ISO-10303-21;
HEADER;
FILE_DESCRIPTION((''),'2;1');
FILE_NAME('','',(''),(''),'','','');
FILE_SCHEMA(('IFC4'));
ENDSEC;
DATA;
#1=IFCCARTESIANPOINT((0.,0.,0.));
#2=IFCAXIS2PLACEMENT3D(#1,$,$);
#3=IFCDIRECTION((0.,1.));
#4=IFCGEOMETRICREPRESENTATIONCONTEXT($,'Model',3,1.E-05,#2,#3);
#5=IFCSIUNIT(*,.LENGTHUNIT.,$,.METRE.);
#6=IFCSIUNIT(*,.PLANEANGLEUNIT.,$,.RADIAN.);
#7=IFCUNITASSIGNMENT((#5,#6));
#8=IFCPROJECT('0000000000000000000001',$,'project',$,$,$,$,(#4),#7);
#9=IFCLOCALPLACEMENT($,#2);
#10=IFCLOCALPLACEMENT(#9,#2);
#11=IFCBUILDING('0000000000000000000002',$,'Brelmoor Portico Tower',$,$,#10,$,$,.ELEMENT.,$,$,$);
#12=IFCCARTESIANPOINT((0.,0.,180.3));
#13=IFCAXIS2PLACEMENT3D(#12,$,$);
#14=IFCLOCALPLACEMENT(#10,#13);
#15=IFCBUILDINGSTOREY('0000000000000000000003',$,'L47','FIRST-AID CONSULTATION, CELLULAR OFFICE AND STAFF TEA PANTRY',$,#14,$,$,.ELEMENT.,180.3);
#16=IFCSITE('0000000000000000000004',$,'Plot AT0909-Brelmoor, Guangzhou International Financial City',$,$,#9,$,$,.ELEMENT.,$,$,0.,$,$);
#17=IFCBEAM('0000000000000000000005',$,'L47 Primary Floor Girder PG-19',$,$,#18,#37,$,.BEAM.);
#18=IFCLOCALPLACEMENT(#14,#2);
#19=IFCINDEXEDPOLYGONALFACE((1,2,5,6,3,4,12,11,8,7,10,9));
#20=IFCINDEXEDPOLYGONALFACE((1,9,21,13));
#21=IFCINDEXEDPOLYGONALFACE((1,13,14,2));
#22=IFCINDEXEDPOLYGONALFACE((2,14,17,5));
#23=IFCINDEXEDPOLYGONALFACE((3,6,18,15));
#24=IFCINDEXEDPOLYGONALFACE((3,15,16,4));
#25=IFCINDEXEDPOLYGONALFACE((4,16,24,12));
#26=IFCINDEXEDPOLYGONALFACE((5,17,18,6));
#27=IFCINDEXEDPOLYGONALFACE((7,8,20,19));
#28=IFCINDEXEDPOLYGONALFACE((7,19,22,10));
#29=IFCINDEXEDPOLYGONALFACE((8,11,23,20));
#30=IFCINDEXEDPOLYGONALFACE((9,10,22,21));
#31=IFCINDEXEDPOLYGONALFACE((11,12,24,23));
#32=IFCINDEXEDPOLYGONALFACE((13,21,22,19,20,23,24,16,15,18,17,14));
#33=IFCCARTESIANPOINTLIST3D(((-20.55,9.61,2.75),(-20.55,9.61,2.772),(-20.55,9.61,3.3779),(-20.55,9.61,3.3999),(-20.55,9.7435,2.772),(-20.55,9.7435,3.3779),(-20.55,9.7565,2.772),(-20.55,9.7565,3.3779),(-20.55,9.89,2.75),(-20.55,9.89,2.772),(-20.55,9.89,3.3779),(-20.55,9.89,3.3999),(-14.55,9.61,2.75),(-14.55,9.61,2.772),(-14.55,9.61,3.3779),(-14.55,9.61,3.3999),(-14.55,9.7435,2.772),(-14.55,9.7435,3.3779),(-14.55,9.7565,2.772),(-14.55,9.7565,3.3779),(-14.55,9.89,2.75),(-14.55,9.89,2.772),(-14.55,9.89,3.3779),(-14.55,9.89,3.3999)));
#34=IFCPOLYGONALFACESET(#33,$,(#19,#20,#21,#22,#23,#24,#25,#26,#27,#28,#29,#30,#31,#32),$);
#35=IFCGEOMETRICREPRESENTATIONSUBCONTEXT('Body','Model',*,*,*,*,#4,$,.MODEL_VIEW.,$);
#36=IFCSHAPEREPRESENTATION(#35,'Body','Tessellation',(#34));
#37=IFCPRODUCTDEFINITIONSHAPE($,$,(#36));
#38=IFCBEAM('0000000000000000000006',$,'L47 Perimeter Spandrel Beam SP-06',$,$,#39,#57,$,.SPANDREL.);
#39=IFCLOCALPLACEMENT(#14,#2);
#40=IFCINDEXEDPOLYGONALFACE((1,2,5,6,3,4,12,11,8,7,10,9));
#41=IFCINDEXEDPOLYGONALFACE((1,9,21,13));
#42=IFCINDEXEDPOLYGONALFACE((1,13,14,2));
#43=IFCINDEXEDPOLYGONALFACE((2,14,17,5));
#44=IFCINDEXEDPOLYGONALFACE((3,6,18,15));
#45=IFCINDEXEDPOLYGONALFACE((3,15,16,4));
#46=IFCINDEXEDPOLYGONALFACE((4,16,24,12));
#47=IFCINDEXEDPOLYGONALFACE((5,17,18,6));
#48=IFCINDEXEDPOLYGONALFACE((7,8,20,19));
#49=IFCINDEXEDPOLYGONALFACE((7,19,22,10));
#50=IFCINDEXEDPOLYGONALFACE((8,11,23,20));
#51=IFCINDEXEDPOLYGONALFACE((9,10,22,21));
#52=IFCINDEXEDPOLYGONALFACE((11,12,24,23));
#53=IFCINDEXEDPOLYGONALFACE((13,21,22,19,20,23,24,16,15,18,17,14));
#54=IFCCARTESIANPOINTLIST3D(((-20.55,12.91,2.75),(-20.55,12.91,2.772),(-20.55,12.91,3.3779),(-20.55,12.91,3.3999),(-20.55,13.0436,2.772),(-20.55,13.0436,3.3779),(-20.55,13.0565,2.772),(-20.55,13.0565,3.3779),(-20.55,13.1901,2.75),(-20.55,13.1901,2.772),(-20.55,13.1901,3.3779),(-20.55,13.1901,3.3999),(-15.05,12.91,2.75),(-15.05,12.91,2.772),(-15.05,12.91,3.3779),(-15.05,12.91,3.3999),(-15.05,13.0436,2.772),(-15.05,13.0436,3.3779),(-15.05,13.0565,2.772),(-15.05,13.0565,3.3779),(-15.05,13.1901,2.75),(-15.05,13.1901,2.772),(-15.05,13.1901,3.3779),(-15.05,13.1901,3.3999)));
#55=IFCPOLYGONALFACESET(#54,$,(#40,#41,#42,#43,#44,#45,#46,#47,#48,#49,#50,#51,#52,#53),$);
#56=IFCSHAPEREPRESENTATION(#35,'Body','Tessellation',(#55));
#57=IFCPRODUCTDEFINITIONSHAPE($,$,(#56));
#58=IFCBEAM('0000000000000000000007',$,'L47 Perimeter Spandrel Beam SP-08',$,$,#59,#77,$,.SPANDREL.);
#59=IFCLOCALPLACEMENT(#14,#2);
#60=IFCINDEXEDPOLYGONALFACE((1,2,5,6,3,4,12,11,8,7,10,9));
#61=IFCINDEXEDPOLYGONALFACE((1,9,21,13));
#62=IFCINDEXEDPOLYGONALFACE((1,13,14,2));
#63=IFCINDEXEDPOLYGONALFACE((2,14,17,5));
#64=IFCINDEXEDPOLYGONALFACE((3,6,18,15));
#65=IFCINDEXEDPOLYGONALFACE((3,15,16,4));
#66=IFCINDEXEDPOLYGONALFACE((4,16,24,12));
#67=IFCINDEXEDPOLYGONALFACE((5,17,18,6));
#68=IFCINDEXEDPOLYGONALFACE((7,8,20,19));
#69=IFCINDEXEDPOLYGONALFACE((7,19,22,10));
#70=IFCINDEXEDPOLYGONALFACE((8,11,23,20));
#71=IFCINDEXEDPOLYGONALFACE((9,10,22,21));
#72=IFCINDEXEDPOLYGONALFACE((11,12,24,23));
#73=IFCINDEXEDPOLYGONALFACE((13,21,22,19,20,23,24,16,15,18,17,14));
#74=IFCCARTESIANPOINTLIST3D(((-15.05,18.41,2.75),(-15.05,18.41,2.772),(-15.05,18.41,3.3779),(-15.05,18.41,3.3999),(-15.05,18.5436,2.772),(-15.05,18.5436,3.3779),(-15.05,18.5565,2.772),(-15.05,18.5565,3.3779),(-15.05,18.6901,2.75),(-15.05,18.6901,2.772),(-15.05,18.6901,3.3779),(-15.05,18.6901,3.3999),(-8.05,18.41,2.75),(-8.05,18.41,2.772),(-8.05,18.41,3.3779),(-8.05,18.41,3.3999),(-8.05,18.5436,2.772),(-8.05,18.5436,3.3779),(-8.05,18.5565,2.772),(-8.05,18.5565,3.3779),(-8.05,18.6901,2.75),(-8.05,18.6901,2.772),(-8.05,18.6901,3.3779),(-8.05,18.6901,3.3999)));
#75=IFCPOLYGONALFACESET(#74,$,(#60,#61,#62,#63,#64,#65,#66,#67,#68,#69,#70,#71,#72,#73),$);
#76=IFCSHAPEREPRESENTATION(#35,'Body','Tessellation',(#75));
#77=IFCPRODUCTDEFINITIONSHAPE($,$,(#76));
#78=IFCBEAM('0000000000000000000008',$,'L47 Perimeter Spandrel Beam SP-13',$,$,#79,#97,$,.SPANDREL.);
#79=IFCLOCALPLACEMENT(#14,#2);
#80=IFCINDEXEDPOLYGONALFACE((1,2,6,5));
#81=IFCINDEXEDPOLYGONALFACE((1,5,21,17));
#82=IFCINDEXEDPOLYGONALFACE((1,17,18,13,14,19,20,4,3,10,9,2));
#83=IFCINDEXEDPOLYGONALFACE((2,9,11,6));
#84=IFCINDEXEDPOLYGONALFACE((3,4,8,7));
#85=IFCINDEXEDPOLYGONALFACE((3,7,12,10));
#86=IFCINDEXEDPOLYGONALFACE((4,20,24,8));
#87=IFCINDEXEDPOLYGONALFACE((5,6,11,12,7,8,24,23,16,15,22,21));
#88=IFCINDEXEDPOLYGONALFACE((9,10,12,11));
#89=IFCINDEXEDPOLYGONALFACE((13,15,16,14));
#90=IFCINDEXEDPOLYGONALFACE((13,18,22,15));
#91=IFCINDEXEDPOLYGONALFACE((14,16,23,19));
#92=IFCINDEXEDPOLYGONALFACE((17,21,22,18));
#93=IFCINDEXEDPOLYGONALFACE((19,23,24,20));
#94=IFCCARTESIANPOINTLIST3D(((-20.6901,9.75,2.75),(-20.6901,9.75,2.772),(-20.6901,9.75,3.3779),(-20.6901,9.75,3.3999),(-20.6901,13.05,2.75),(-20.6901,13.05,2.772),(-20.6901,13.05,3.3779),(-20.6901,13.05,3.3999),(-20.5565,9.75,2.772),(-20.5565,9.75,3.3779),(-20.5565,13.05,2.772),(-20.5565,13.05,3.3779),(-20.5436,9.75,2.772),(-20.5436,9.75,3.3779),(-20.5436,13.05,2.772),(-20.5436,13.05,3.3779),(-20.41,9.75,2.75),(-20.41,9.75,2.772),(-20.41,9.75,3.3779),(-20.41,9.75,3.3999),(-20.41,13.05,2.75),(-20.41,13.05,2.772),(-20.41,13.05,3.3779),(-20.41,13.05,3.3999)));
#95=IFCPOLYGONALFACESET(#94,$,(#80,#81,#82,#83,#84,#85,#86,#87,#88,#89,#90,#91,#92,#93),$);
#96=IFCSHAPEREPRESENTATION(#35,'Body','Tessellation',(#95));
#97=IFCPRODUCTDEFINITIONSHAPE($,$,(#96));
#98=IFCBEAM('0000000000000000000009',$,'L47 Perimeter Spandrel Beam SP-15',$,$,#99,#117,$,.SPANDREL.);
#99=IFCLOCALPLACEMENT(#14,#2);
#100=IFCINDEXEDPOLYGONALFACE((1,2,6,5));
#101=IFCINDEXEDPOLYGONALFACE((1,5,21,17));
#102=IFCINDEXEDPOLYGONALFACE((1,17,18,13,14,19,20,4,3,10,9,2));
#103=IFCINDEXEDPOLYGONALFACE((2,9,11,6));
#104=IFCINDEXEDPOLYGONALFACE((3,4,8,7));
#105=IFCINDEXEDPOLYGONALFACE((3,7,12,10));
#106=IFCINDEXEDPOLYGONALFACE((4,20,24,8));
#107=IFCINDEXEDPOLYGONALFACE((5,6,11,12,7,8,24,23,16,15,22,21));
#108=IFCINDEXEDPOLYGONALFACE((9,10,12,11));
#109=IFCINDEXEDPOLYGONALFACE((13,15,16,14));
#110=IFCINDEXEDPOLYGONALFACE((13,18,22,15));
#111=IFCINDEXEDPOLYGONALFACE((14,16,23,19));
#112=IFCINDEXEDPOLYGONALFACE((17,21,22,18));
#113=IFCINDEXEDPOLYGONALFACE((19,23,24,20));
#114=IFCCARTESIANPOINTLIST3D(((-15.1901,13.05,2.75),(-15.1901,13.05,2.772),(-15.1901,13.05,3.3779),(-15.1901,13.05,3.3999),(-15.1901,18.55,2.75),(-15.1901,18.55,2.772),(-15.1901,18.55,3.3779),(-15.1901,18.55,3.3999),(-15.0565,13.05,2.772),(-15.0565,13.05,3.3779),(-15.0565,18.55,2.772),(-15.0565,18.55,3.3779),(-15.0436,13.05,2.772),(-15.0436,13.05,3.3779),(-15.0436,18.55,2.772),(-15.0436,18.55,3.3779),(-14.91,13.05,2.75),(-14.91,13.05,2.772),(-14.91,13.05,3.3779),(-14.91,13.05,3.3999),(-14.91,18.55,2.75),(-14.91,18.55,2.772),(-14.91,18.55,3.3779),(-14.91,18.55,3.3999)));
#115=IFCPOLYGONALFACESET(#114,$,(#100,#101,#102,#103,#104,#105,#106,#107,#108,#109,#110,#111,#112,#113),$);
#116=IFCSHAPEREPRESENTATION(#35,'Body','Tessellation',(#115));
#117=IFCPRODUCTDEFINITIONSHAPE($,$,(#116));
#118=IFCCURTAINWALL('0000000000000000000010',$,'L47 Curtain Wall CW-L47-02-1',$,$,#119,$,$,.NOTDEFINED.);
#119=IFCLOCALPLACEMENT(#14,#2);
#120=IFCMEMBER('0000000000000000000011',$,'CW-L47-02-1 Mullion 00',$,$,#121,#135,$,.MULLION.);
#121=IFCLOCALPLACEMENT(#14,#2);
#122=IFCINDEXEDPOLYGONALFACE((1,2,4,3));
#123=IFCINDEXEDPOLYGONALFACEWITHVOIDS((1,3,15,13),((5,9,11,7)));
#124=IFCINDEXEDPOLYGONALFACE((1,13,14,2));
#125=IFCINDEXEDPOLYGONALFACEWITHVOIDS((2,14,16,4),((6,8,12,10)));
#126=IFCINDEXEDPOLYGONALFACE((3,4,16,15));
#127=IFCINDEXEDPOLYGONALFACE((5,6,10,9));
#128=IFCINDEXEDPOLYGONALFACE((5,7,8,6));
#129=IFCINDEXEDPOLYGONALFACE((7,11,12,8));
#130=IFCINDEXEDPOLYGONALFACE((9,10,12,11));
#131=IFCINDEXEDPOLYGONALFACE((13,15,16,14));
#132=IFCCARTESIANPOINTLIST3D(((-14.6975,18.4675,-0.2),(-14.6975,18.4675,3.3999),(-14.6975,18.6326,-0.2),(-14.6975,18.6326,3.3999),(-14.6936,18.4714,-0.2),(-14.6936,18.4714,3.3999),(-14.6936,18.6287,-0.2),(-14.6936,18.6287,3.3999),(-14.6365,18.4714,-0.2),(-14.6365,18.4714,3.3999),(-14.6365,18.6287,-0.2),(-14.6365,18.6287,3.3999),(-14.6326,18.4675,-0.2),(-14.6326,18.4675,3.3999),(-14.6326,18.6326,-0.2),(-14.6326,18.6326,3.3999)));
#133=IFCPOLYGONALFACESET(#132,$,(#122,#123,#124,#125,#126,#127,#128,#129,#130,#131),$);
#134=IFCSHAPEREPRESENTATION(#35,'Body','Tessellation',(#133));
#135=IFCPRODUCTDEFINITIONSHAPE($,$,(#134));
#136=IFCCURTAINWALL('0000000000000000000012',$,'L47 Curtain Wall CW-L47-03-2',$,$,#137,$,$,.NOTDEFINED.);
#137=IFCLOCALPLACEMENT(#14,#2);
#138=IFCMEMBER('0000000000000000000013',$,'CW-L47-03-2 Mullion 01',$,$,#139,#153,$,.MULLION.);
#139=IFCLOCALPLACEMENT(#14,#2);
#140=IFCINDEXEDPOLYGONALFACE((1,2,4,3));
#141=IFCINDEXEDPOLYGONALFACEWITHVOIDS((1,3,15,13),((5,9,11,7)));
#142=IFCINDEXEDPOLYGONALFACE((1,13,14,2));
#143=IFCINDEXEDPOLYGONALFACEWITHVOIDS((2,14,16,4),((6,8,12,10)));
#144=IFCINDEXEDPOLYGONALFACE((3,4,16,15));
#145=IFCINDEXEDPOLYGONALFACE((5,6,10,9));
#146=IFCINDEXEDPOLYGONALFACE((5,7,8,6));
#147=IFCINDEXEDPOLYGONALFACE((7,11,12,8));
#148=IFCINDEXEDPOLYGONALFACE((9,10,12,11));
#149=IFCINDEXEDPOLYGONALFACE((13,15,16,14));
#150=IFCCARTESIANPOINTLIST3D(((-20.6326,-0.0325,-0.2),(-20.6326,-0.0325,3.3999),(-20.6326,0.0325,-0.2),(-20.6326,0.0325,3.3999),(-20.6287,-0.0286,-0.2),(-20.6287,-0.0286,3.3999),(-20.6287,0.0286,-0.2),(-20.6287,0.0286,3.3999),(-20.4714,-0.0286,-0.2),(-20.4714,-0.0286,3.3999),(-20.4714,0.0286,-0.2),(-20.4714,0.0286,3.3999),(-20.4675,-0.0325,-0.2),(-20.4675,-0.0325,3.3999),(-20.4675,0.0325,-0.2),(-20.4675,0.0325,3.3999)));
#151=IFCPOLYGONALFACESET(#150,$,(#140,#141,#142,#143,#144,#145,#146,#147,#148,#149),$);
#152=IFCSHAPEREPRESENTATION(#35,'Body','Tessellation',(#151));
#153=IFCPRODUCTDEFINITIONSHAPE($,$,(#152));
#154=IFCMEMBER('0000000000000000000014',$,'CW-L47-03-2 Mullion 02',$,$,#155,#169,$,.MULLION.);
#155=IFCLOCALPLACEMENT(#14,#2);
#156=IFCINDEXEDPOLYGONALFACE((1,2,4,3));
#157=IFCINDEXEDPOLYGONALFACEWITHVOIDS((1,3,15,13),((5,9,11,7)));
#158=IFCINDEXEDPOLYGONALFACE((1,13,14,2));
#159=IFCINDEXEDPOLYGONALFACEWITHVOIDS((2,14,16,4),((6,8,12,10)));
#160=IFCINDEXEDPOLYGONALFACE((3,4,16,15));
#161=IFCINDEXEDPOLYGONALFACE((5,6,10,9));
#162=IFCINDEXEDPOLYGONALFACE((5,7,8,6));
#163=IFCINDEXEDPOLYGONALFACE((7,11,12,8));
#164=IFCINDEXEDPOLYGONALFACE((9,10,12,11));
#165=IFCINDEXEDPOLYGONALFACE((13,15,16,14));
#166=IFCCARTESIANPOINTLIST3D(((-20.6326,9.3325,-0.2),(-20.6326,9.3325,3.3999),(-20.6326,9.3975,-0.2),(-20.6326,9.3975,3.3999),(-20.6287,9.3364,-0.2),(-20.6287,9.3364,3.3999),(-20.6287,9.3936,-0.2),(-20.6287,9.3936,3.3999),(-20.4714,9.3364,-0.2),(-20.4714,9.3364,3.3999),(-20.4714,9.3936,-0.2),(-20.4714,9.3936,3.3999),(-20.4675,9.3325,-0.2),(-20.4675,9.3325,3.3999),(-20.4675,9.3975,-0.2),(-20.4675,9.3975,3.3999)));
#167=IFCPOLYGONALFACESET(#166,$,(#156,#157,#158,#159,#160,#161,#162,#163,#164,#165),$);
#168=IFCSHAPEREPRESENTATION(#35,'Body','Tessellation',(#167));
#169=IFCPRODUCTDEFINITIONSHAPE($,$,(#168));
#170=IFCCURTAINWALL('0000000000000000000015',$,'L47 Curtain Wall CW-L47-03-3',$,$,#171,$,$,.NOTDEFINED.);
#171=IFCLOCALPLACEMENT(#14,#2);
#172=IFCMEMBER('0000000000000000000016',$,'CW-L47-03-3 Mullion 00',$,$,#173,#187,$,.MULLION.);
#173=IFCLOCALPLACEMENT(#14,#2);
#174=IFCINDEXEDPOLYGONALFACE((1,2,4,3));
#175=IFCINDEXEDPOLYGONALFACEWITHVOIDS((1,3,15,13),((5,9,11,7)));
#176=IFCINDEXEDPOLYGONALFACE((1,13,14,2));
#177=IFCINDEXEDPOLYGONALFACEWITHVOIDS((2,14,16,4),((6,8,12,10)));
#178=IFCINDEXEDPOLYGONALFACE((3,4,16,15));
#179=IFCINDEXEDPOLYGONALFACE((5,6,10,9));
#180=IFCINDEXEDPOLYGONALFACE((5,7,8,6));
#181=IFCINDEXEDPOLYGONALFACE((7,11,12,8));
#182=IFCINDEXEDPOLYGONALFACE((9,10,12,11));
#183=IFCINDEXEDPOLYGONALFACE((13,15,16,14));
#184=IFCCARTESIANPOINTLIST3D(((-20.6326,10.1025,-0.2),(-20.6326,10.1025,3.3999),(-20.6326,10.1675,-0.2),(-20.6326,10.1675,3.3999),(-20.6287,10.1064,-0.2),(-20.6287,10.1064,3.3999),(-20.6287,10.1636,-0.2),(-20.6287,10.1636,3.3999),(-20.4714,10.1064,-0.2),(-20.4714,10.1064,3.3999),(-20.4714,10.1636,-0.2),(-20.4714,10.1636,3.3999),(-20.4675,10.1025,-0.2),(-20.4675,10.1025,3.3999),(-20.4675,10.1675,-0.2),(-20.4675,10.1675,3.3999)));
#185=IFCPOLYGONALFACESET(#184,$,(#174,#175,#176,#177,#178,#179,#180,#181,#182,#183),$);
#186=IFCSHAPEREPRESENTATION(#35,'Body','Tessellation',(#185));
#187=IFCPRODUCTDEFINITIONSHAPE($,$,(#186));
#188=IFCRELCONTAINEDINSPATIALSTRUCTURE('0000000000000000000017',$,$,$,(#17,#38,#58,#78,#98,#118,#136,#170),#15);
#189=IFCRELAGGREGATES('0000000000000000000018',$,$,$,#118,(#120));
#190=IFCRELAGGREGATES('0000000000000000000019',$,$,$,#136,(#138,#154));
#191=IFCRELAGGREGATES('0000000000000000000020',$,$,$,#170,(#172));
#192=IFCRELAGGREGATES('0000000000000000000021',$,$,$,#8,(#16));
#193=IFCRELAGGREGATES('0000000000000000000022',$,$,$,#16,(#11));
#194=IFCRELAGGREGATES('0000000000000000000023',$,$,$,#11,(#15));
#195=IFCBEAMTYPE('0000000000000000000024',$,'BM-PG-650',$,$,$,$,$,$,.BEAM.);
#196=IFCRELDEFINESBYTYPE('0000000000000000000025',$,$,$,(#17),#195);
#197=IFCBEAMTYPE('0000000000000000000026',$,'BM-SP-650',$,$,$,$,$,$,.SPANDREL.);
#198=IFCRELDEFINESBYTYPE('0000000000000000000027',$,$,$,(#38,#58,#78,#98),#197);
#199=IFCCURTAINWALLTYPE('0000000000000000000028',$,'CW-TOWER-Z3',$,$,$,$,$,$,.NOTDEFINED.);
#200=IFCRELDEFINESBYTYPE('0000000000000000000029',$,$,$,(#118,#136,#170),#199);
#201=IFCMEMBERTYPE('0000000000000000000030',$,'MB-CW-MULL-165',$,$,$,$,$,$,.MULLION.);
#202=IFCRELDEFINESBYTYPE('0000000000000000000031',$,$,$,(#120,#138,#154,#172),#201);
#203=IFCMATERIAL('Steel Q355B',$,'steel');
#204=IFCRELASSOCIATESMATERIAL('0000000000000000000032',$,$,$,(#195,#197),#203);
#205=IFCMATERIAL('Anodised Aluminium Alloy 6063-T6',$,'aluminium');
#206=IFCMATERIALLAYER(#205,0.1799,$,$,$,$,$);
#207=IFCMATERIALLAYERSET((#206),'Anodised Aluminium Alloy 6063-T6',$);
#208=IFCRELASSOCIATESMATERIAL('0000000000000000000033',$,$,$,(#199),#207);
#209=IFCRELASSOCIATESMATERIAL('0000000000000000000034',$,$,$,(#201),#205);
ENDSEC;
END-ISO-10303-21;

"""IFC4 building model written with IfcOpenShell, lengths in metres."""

from ifc_helpers import new_model, si_unit, direction, frame, origin, origin_2d, place, context, subcontext, project, spatial, hollow_rectangle, i_section, extrude, material, layer, layer_set, material_profile, profile_set, type_object, element, aggregate, save


model = new_model("IFC4")

# Units and contexts
model_context = context("Model", 3, precision=1e-05, world=origin(), true_north=direction((0.0, 1.0)))
body_context = subcontext(model_context, "Body", "Model", "MODEL_VIEW")
ifc_project = project(units=[si_unit("LENGTHUNIT", "METRE"), si_unit("PLANEANGLEUNIT", "RADIAN")], contexts=[model_context])

# Site, building, storey
site_placement = place(None, origin())
site = spatial("IfcSite", under=ifc_project, at=site_placement, Name="Plot AT0909-Brelmoor, Guangzhou International Financial City", CompositionType="ELEMENT", RefElevation=0.0)
building_placement = place(site_placement, origin())
building = spatial("IfcBuilding", under=site, at=building_placement, Name="Brelmoor Portico Tower", CompositionType="ELEMENT")
storey_placement = place(building_placement, frame((0.0, 0.0, 180.3)))
storey = spatial("IfcBuildingStorey", under=building, at=storey_placement, Name="L47", Description="FIRST-AID CONSULTATION, CELLULAR OFFICE AND STAFF TEA PANTRY", CompositionType="ELEMENT", Elevation=180.3)

# Shared definitions
ifc_material_1 = material(Name="Steel Q355B", Category="steel")

# Beams
ifc_material_profile_1 = material_profile(ifc_material_1, i_section(OverallWidth=0.28, OverallDepth=0.6499, WebThickness=0.0129, FlangeThickness=0.022, at=origin_2d()), Name="HN 650x280x13x22")
ifc_profile_set_1 = profile_set([ifc_material_profile_1], Name="Steel Q355B")
beam_type_1 = type_object("IfcBeamType", Name="BM-PG-650", PredefinedType="BEAM", material=ifc_profile_set_1)
beam_1_placement = place(storey_placement, frame((-20.55, 9.75, 3.075), z_axis=(1.0, 0.0, 0.0), x_axis=(0.0, 1.0, 0.0)))
element("IfcBeam", 1, at=beam_1_placement, inside=storey, type_object=beam_type_1, Name="L47 Primary Floor Girder PG-19", PredefinedType="BEAM", context=body_context, shape_type="SweptSolid", body=[
    extrude(i_section(OverallWidth=0.28, OverallDepth=0.6499, WebThickness=0.0129, FlangeThickness=0.022, at=origin_2d()), origin(), (0.0, 0.0, 1.0), 6.0),
])
ifc_material_profile_2 = material_profile(ifc_material_1, i_section(OverallWidth=0.28, OverallDepth=0.6499, WebThickness=0.0129, FlangeThickness=0.022, at=origin_2d()), Name="HN 650x280x13x22")
ifc_profile_set_2 = profile_set([ifc_material_profile_2], Name="Steel Q355B")
beam_type_2 = type_object("IfcBeamType", Name="BM-SP-650", PredefinedType="SPANDREL", material=ifc_profile_set_2)
beam_2_placement = place(storey_placement, frame((-20.55, 13.05, 3.075), z_axis=(1.0, 0.0, 0.0), x_axis=(0.0, 1.0, 0.0)))
element("IfcBeam", 2, at=beam_2_placement, inside=storey, type_object=beam_type_2, Name="L47 Perimeter Spandrel Beam SP-06", PredefinedType="SPANDREL", context=body_context, shape_type="SweptSolid", body=[
    extrude(i_section(OverallWidth=0.28, OverallDepth=0.6499, WebThickness=0.0129, FlangeThickness=0.022, at=origin_2d()), origin(), (0.0, 0.0, 1.0), 5.5),
])
beam_3_placement = place(storey_placement, frame((-15.05, 18.55, 3.075), z_axis=(1.0, 0.0, 0.0), x_axis=(0.0, 1.0, 0.0)))
element("IfcBeam", 3, at=beam_3_placement, inside=storey, type_object=beam_type_2, Name="L47 Perimeter Spandrel Beam SP-08", PredefinedType="SPANDREL", context=body_context, shape_type="SweptSolid", body=[
    extrude(i_section(OverallWidth=0.28, OverallDepth=0.6499, WebThickness=0.0129, FlangeThickness=0.022, at=origin_2d()), origin(), (0.0, 0.0, 1.0), 7.0),
])
beam_4_placement = place(storey_placement, frame((-20.55, 9.75, 3.075), z_axis=(0.0, 1.0, 0.0), x_axis=(-1.0, 0.0, 0.0)))
element("IfcBeam", 4, at=beam_4_placement, inside=storey, type_object=beam_type_2, Name="L47 Perimeter Spandrel Beam SP-13", PredefinedType="SPANDREL", context=body_context, shape_type="SweptSolid", body=[
    extrude(i_section(OverallWidth=0.28, OverallDepth=0.6499, WebThickness=0.0129, FlangeThickness=0.022, at=origin_2d()), origin(), (0.0, 0.0, 1.0), 3.3),
])
beam_5_placement = place(storey_placement, frame((-15.05, 13.05, 3.075), z_axis=(0.0, 1.0, 0.0), x_axis=(-1.0, 0.0, 0.0)))
element("IfcBeam", 5, at=beam_5_placement, inside=storey, type_object=beam_type_2, Name="L47 Perimeter Spandrel Beam SP-15", PredefinedType="SPANDREL", context=body_context, shape_type="SweptSolid", body=[
    extrude(i_section(OverallWidth=0.28, OverallDepth=0.6499, WebThickness=0.0129, FlangeThickness=0.022, at=origin_2d()), origin(), (0.0, 0.0, 1.0), 5.5),
])

# Curtain wall, member
ifc_material_2 = material(Name="Anodised Aluminium Alloy 6063-T6", Category="aluminium")
ifc_layer_1 = layer(ifc_material_2, 0.1799)
ifc_layer_set_1 = layer_set([ifc_layer_1], Name="Anodised Aluminium Alloy 6063-T6")
curtain_wall_type = type_object("IfcCurtainWallType", Name="CW-TOWER-Z3", PredefinedType="NOTDEFINED", material=ifc_layer_set_1)
curtain_wall_1_placement = place(storey_placement, origin())
curtain_wall_1 = element("IfcCurtainWall", 6, at=curtain_wall_1_placement, inside=storey, type_object=curtain_wall_type, Name="L47 Curtain Wall CW-L47-02-1", PredefinedType="NOTDEFINED")
ifc_material_profile_3 = material_profile(ifc_material_2, hollow_rectangle(XDim=0.0649, YDim=0.165, WallThickness=0.0039, at=origin_2d()), Name="ALU MULLION 65x165")
ifc_profile_set_3 = profile_set([ifc_material_profile_3], Name="Anodised Aluminium Alloy 6063-T6")
member_type_1 = type_object("IfcMemberType", Name="MB-CW-MULL-165", PredefinedType="MULLION", material=ifc_profile_set_3)
member_1_placement = place(storey_placement, frame((-14.665, 18.55, -0.2), z_axis=(0.0, 0.0, 1.0), x_axis=(1.0, 0.0, 0.0)))
member_1 = element("IfcMember", 7, at=member_1_placement, type_object=member_type_1, Name="CW-L47-02-1 Mullion 00", PredefinedType="MULLION", context=body_context, shape_type="SweptSolid", body=[
    extrude(hollow_rectangle(XDim=0.0649, YDim=0.165, WallThickness=0.0039, at=origin_2d()), origin(), (0.0, 0.0, 1.0), 3.5999),
])

# Curtain walls, members
curtain_wall_2_placement = place(storey_placement, origin())
curtain_wall_2 = element("IfcCurtainWall", 8, at=curtain_wall_2_placement, inside=storey, type_object=curtain_wall_type, Name="L47 Curtain Wall CW-L47-03-2", PredefinedType="NOTDEFINED")
member_2_placement = place(storey_placement, frame((-20.55, 0.0, -0.2), z_axis=(0.0, 0.0, 1.0), x_axis=(0.0, 1.0, 0.0)))
member_2 = element("IfcMember", 9, at=member_2_placement, type_object=member_type_1, Name="CW-L47-03-2 Mullion 01", PredefinedType="MULLION", context=body_context, shape_type="SweptSolid", body=[
    extrude(hollow_rectangle(XDim=0.0649, YDim=0.165, WallThickness=0.0039, at=origin_2d()), origin(), (0.0, 0.0, 1.0), 3.5999),
])
member_3_placement = place(storey_placement, frame((-20.55, 9.365, -0.2), z_axis=(0.0, 0.0, 1.0), x_axis=(0.0, 1.0, 0.0)))
member_3 = element("IfcMember", 10, at=member_3_placement, type_object=member_type_1, Name="CW-L47-03-2 Mullion 02", PredefinedType="MULLION", context=body_context, shape_type="SweptSolid", body=[
    extrude(hollow_rectangle(XDim=0.0649, YDim=0.165, WallThickness=0.0039, at=origin_2d()), origin(), (0.0, 0.0, 1.0), 3.5999),
])
curtain_wall_3_placement = place(storey_placement, origin())
curtain_wall_3 = element("IfcCurtainWall", 11, at=curtain_wall_3_placement, inside=storey, type_object=curtain_wall_type, Name="L47 Curtain Wall CW-L47-03-3", PredefinedType="NOTDEFINED")
member_4_placement = place(storey_placement, frame((-20.55, 10.135, -0.2), z_axis=(0.0, 0.0, 1.0), x_axis=(0.0, 1.0, 0.0)))
member_4 = element("IfcMember", 12, at=member_4_placement, type_object=member_type_1, Name="CW-L47-03-3 Mullion 00", PredefinedType="MULLION", context=body_context, shape_type="SweptSolid", body=[
    extrude(hollow_rectangle(XDim=0.0649, YDim=0.165, WallThickness=0.0039, at=origin_2d()), origin(), (0.0, 0.0, 1.0), 3.5999),
])

aggregate(curtain_wall_1, [member_1])

aggregate(curtain_wall_2, [member_2, member_3])
aggregate(curtain_wall_3, [member_4])

save(model, "model.ifc")
